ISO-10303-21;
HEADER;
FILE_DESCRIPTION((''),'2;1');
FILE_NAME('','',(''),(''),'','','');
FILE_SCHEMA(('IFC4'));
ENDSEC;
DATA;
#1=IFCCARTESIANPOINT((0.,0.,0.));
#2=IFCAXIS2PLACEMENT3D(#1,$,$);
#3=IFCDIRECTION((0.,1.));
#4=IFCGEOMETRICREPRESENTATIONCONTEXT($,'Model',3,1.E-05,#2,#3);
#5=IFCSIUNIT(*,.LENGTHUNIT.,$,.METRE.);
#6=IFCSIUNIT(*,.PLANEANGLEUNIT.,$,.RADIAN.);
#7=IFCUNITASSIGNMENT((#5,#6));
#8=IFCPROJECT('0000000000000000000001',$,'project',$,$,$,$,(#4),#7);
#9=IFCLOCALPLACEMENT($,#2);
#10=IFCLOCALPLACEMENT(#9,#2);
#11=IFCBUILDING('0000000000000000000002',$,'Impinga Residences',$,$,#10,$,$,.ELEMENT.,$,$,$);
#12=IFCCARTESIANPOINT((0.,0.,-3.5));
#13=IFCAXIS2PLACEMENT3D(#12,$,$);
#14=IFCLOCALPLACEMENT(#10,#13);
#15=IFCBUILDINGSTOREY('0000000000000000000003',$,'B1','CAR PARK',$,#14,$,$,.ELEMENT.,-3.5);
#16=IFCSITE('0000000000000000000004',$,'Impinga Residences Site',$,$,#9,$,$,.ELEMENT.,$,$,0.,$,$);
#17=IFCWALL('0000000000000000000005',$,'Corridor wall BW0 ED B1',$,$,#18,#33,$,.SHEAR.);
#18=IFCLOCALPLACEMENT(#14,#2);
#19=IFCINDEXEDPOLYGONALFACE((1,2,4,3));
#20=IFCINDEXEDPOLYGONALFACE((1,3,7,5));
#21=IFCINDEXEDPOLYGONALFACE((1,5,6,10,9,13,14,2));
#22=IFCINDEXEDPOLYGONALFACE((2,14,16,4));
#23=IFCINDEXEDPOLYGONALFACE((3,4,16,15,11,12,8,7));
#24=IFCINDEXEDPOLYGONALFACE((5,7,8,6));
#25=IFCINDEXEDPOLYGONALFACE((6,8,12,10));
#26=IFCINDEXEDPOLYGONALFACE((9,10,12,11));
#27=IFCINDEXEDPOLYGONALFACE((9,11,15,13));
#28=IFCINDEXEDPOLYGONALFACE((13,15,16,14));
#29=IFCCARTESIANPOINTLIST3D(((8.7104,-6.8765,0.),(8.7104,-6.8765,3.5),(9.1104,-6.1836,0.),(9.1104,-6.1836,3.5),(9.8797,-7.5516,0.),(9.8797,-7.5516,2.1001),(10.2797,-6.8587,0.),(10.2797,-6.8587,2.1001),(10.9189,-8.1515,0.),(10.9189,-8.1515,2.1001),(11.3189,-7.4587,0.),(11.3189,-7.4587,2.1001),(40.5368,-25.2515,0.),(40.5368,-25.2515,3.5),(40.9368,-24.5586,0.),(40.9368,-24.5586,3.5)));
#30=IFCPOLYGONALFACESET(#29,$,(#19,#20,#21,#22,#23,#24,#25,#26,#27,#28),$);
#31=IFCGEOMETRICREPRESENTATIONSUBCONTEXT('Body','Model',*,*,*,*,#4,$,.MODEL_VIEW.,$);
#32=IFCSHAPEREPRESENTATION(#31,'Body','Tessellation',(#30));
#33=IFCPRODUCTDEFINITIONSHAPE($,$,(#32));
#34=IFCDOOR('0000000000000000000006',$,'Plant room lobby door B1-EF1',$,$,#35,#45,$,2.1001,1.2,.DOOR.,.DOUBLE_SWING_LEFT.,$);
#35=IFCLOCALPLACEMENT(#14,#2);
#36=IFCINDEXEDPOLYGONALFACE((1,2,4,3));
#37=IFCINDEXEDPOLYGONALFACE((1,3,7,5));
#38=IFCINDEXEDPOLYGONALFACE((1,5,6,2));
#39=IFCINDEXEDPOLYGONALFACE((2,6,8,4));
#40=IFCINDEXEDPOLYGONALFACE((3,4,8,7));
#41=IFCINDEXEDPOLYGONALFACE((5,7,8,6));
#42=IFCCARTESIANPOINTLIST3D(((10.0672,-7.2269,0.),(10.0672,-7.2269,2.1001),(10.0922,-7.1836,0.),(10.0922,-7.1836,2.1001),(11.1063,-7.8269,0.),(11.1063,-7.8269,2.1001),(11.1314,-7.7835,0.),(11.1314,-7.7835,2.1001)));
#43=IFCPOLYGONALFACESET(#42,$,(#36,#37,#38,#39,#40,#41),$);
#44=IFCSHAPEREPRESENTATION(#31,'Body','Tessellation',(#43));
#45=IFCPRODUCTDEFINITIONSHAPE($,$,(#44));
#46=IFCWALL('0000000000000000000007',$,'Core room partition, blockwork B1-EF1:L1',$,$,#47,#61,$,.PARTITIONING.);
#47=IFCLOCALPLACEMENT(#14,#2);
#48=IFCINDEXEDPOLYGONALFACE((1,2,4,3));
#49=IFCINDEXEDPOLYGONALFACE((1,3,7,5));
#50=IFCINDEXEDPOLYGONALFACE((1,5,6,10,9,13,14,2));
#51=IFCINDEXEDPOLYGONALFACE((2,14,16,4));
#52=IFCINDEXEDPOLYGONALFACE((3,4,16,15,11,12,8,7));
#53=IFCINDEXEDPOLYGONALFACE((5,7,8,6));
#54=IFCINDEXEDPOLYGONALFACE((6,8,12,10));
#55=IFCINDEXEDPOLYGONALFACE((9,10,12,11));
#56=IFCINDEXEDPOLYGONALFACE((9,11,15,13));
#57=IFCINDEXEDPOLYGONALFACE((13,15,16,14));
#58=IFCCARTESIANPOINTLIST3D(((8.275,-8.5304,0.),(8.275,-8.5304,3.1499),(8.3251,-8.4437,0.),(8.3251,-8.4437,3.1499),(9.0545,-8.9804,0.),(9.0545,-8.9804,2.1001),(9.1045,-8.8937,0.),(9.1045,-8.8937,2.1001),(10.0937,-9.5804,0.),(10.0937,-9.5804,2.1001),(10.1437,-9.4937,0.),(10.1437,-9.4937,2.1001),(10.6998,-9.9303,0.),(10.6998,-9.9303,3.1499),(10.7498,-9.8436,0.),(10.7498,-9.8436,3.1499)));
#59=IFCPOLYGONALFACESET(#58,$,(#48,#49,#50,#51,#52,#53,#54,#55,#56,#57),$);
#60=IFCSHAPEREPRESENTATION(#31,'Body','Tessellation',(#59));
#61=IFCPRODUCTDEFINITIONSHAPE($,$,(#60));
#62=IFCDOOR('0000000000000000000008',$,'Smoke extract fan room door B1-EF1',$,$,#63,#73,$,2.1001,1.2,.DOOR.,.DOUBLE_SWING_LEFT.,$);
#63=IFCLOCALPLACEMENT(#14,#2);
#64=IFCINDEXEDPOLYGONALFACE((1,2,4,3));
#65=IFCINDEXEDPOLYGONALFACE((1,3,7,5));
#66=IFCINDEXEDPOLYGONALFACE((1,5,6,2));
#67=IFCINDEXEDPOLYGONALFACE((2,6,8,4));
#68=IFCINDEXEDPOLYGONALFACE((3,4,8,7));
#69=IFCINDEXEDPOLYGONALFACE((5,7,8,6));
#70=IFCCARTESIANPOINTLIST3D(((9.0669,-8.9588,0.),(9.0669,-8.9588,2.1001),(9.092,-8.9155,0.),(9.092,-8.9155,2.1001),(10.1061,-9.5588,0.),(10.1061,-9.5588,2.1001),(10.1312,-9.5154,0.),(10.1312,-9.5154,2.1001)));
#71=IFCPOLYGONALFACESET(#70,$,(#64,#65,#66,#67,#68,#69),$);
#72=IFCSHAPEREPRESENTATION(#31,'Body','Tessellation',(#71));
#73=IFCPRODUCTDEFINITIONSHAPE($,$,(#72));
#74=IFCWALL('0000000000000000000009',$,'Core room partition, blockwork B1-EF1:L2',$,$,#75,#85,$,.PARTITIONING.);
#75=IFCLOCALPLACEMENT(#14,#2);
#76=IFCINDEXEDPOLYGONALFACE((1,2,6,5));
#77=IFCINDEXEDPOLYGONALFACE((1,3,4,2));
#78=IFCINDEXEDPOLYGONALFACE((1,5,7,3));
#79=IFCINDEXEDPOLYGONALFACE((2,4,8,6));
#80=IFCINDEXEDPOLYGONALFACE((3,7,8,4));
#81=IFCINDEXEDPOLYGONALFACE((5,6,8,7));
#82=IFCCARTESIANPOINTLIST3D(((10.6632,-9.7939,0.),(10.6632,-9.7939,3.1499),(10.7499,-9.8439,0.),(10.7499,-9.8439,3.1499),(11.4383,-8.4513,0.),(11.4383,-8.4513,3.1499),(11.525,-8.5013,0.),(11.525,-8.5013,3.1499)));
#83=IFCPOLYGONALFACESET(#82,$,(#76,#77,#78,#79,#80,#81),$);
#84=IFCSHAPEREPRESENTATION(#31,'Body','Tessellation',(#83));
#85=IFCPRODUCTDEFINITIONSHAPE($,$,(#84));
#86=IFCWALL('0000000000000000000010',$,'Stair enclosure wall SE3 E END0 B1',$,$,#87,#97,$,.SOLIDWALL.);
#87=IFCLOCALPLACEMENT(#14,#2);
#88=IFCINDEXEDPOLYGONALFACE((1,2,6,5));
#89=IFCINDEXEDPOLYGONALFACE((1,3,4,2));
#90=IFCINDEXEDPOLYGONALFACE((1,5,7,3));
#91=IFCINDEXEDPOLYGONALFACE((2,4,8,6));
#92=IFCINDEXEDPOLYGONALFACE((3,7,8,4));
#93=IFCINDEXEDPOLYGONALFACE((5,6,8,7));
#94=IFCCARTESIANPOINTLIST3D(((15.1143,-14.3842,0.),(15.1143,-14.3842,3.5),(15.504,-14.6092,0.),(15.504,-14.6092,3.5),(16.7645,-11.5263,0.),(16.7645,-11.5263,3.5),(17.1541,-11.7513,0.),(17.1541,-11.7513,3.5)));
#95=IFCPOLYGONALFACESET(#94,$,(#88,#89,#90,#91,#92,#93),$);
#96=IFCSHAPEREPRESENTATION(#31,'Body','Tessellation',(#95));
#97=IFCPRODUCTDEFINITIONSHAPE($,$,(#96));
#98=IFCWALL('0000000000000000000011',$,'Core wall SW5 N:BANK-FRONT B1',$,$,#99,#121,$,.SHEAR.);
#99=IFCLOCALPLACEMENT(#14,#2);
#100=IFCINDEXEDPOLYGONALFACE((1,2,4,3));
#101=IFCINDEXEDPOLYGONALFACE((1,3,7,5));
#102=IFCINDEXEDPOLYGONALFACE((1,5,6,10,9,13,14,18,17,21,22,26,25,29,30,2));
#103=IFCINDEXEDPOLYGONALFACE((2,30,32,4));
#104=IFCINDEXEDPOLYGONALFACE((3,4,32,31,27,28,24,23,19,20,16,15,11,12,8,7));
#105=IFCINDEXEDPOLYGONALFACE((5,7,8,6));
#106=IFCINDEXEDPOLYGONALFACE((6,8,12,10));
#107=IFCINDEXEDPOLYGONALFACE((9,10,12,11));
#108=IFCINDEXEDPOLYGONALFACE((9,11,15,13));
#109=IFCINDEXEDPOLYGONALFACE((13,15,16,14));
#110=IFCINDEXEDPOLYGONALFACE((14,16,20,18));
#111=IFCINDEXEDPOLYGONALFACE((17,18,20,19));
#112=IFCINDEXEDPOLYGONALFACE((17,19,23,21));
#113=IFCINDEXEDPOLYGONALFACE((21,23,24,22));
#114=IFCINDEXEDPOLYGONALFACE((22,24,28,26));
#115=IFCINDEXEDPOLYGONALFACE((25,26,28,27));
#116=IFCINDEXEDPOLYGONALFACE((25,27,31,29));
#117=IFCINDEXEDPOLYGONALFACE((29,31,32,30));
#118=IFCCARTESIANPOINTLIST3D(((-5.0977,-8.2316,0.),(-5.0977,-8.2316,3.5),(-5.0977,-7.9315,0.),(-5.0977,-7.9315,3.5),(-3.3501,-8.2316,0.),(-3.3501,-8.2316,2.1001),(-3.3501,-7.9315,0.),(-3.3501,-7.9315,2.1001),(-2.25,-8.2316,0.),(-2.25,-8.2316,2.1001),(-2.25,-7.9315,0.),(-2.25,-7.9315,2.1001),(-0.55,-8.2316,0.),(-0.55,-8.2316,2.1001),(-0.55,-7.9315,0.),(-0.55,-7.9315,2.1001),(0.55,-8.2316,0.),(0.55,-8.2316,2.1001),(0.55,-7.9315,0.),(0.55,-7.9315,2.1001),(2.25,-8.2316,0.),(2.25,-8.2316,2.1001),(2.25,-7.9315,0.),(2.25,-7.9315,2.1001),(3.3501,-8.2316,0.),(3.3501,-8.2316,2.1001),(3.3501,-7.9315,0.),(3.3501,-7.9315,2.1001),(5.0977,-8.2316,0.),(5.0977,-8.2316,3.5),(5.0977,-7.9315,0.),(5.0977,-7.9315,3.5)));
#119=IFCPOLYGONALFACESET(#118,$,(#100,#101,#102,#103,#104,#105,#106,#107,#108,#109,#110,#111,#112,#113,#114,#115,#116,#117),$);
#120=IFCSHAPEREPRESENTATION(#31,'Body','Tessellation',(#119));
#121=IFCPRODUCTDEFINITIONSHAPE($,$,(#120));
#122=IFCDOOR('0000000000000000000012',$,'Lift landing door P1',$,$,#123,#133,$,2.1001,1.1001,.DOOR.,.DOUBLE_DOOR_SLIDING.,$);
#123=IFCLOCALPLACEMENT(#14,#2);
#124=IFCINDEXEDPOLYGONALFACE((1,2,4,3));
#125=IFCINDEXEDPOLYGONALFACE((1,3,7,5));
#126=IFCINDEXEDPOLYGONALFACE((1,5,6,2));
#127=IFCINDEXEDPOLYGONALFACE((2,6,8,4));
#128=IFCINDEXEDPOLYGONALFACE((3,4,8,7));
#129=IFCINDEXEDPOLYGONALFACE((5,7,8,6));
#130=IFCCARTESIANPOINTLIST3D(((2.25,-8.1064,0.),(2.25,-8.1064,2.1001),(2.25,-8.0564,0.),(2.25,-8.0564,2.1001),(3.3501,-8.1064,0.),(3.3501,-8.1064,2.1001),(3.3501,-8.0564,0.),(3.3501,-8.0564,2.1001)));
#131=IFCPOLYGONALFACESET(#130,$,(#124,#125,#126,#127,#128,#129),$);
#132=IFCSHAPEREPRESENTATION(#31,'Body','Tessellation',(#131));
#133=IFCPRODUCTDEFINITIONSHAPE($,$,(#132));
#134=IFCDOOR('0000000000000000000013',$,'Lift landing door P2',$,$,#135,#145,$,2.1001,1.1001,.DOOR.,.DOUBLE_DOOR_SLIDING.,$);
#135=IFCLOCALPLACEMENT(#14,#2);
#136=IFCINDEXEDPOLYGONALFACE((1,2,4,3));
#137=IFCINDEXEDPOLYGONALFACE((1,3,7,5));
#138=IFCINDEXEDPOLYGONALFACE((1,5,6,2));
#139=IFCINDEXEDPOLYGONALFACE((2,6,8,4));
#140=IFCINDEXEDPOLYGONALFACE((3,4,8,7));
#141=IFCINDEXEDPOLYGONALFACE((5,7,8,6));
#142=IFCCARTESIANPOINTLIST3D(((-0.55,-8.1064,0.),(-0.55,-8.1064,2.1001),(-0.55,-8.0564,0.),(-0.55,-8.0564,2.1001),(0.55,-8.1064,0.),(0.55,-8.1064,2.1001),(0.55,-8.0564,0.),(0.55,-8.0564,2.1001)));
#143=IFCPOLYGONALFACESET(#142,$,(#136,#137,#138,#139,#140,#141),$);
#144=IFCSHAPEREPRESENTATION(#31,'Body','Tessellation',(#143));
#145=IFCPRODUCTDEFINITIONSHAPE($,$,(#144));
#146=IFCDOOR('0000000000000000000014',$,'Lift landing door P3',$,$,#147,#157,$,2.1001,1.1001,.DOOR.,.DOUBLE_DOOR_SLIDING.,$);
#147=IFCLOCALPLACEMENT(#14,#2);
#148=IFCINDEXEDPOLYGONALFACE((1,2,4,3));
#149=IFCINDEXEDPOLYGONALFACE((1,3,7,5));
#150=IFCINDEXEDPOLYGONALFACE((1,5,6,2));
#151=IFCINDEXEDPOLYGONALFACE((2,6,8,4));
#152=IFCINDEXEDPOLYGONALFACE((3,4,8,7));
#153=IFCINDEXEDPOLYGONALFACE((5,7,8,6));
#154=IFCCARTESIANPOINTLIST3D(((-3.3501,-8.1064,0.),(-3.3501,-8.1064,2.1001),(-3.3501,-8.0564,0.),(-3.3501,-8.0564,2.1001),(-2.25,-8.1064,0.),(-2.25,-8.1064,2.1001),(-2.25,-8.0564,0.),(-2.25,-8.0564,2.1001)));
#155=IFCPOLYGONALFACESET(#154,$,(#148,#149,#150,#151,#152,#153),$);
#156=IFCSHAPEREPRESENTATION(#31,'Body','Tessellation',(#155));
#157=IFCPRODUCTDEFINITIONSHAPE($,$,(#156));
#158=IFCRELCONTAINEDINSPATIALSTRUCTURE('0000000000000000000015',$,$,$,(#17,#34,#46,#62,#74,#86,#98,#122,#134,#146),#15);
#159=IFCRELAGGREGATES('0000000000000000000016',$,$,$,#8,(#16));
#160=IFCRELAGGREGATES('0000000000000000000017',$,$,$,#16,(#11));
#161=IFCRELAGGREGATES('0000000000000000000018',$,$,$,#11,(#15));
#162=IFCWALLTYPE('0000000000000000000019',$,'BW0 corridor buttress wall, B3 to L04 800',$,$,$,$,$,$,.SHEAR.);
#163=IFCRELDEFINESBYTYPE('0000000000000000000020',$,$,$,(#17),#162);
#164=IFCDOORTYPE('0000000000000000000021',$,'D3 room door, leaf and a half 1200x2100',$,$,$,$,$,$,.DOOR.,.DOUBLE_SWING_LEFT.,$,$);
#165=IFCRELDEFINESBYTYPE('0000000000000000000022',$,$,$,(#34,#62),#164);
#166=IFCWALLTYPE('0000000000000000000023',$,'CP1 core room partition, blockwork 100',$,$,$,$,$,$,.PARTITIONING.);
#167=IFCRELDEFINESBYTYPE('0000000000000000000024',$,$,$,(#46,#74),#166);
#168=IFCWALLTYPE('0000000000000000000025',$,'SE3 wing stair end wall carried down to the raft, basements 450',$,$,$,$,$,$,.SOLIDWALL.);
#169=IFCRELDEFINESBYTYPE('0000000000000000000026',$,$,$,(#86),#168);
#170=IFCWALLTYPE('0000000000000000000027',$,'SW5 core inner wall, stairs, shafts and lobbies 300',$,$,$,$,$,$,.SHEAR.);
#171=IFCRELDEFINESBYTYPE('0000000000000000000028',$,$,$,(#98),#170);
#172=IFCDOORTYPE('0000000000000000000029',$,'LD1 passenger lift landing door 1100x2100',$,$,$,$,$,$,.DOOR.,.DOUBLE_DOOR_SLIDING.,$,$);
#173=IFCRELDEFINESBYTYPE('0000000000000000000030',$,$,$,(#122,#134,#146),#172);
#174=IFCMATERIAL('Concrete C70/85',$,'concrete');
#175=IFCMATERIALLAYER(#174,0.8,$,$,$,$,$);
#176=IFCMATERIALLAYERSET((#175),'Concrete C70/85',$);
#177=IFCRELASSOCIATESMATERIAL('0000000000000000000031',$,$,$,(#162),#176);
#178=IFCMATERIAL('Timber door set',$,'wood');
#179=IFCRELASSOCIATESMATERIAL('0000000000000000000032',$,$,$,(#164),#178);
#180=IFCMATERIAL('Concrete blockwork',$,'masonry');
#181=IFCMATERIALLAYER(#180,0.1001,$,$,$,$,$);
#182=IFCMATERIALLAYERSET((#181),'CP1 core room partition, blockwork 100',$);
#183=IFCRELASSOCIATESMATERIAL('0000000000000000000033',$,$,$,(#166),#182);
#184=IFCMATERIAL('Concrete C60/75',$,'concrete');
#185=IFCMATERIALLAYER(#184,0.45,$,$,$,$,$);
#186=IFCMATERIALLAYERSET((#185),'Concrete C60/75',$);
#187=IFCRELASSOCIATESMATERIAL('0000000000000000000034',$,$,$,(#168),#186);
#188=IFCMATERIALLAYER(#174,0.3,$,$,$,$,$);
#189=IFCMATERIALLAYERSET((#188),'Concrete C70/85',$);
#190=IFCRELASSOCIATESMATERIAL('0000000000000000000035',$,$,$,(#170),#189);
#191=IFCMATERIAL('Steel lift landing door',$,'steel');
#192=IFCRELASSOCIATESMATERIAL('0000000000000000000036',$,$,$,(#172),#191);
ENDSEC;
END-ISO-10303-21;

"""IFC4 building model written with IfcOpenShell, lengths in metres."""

from ifc_helpers import new_model, si_unit, direction, frame, frame_2d, origin, place, context, subcontext, project, spatial, rectangle, extrude, material, layer, layer_set, type_object, element, fill, save


model = new_model("IFC4")

# Units and contexts
model_context = context("Model", 3, precision=1e-05, world=origin(), true_north=direction((0.0, 1.0)))
body_context = subcontext(model_context, "Body", "Model", "MODEL_VIEW")
ifc_project = project(units=[si_unit("LENGTHUNIT", "METRE"), si_unit("PLANEANGLEUNIT", "RADIAN")], contexts=[model_context])

# Site, building, storey
site_placement = place(None, origin())
site = spatial("IfcSite", under=ifc_project, at=site_placement, Name="Impinga Residences Site", CompositionType="ELEMENT", RefElevation=0.0)
building_placement = place(site_placement, origin())
building = spatial("IfcBuilding", under=site, at=building_placement, Name="Impinga Residences", CompositionType="ELEMENT")
storey_placement = place(building_placement, frame((0.0, 0.0, -3.5)))
storey = spatial("IfcBuildingStorey", under=building, at=storey_placement, Name="B1", Description="CAR PARK", CompositionType="ELEMENT", Elevation=-3.5)

# Shared definitions
ifc_material_1 = material(Name="Concrete C70/85", Category="concrete")

# Shared definitions
ifc_material_2 = material(Name="Concrete C60/75", Category="concrete")

# Walls, openings, doors
ifc_layer_1 = layer(ifc_material_1, 0.8)
ifc_layer_set_1 = layer_set([ifc_layer_1], Name="Concrete C70/85")
wall_type_1 = type_object("IfcWallType", Name="BW0 corridor buttress wall, B3 to L04 800", PredefinedType="SHEAR", material=ifc_layer_set_1)
wall_1_placement = place(storey_placement, frame((8.9104, -6.53, 0.0), z_axis=(0.0, 0.0, 1.0), x_axis=(0.866025, -0.5, 0.0)))
wall_1 = element("IfcWall", 1, at=wall_1_placement, inside=storey, type_object=wall_type_1, Name="Corridor wall BW0 ED B1", PredefinedType="SHEAR", context=body_context, shape_type="SweptSolid", body=[
    extrude(rectangle(XDim=36.75, YDim=0.8, at=frame_2d((18.375, 0.0))), origin(), (0.0, 0.0, 1.0), 3.5),
])
opening_1_placement = place(wall_1_placement, frame((1.3501, 0.0, 0.0)))
opening_1 = element("IfcOpeningElement", 2, at=opening_1_placement, cuts=wall_1, PredefinedType="OPENING", context=body_context, shape_type="SweptSolid", body=[
    extrude(rectangle(XDim=1.2, YDim=2.1001, at=frame_2d((0.6001, 1.05))), frame((0.0, 0.4099, 0.0), z_axis=(0.0, -1.0, 0.0), x_axis=(1.0, 0.0, 0.0)), (0.0, 0.0, 1.0), 0.8201),
])
ifc_material_3 = material(Name="Timber door set", Category="wood")
door_type_1 = type_object("IfcDoorType", Name="D3 room door, leaf and a half 1200x2100", OperationType="DOUBLE_SWING_LEFT", PredefinedType="DOOR", material=ifc_material_3)
door_1_placement = place(opening_1_placement, origin())
door_1 = element("IfcDoor", 3, at=door_1_placement, inside=storey, type_object=door_type_1, Name="Plant room lobby door B1-EF1", OperationType="DOUBLE_SWING_LEFT", OverallHeight=2.1001, OverallWidth=1.2, PredefinedType="DOOR", context=body_context, shape_type="SweptSolid", body=[
    extrude(rectangle(XDim=1.2, YDim=2.1001, at=frame_2d((0.6001, 1.05))), frame((0.0, 0.0249, 0.0), z_axis=(0.0, -1.0, 0.0), x_axis=(1.0, 0.0, 0.0)), (0.0, 0.0, 1.0), 0.05),
])
fill(opening_1, door_1)
ifc_material_4 = material(Name="Concrete blockwork", Category="masonry")
ifc_layer_2 = layer(ifc_material_4, 0.1001)
ifc_layer_set_2 = layer_set([ifc_layer_2], Name="CP1 core room partition, blockwork 100")
wall_type_2 = type_object("IfcWallType", Name="CP1 core room partition, blockwork 100", PredefinedType="PARTITIONING", material=ifc_layer_set_2)
wall_2_placement = place(storey_placement, frame((8.3, -8.4871, 0.0), z_axis=(0.0, 0.0, 1.0), x_axis=(0.866035, -0.499984, 0.0)))
wall_2 = element("IfcWall", 4, at=wall_2_placement, inside=storey, type_object=wall_type_2, Name="Core room partition, blockwork B1-EF1:L1", PredefinedType="PARTITIONING", context=body_context, shape_type="SweptSolid", body=[
    extrude(rectangle(XDim=2.7998, YDim=0.1001, at=frame_2d((1.3999, 0.0))), origin(), (0.0, 0.0, 1.0), 3.1499),
])
opening_2_placement = place(wall_2_placement, frame((0.8999, 0.0, 0.0)))
opening_2 = element("IfcOpeningElement", 5, at=opening_2_placement, cuts=wall_2, PredefinedType="OPENING", context=body_context, shape_type="SweptSolid", body=[
    extrude(rectangle(XDim=1.2, YDim=2.1001, at=frame_2d((0.6001, 1.05))), frame((0.0, 0.0601, 0.0), z_axis=(0.0, -1.0, 0.0), x_axis=(1.0, 0.0, 0.0)), (0.0, 0.0, 1.0), 0.1201),
])
door_2_placement = place(opening_2_placement, origin())
door_2 = element("IfcDoor", 6, at=door_2_placement, inside=storey, type_object=door_type_1, Name="Smoke extract fan room door B1-EF1", OperationType="DOUBLE_SWING_LEFT", OverallHeight=2.1001, OverallWidth=1.2, PredefinedType="DOOR", context=body_context, shape_type="SweptSolid", body=[
    extrude(rectangle(XDim=1.2, YDim=2.1001, at=frame_2d((0.6001, 1.05))), frame((0.0, 0.0249, 0.0), z_axis=(0.0, -1.0, 0.0), x_axis=(1.0, 0.0, 0.0)), (0.0, 0.0, 1.0), 0.05),
])
fill(opening_2, door_2)

# Walls
wall_3_placement = place(storey_placement, frame((11.4817, -8.4763, 0.0), z_axis=(0.0, 0.0, 1.0), x_axis=(-0.500018, -0.866015, 0.0)))
element("IfcWall", 7, at=wall_3_placement, inside=storey, type_object=wall_type_2, Name="Core room partition, blockwork B1-EF1:L2", PredefinedType="PARTITIONING", context=body_context, shape_type="SweptSolid", body=[
    extrude(rectangle(XDim=1.5503, YDim=0.1001, at=frame_2d((0.7751, 0.0))), origin(), (0.0, 0.0, 1.0), 3.1499),
])
ifc_layer_3 = layer(ifc_material_2, 0.45)
ifc_layer_set_3 = layer_set([ifc_layer_3], Name="Concrete C60/75")
wall_type_3 = type_object("IfcWallType", Name="SE3 wing stair end wall carried down to the raft, basements 450", PredefinedType="SOLIDWALL", material=ifc_layer_set_3)
wall_4_placement = place(storey_placement, frame((16.9592, -11.6389, 0.0), z_axis=(0.0, 0.0, 1.0), x_axis=(-0.50003, -0.866008, 0.0)))
element("IfcWall", 8, at=wall_4_placement, inside=storey, type_object=wall_type_3, Name="Stair enclosure wall SE3 E END0 B1", PredefinedType="SOLIDWALL", context=body_context, shape_type="SweptSolid", body=[
    extrude(rectangle(XDim=3.3, YDim=0.45, at=frame_2d((1.6499, 0.0))), origin(), (0.0, 0.0, 1.0), 3.5),
])

# Wall, openings, doors
ifc_layer_4 = layer(ifc_material_1, 0.3)
ifc_layer_set_4 = layer_set([ifc_layer_4], Name="Concrete C70/85")
wall_type_4 = type_object("IfcWallType", Name="SW5 core inner wall, stairs, shafts and lobbies 300", PredefinedType="SHEAR", material=ifc_layer_set_4)
wall_5_placement = place(storey_placement, frame((5.0977, -8.0815, 0.0), z_axis=(0.0, 0.0, 1.0), x_axis=(-1.0, 0.0, 0.0)))
wall_5 = element("IfcWall", 9, at=wall_5_placement, inside=storey, type_object=wall_type_4, Name="Core wall SW5 N:BANK-FRONT B1", PredefinedType="SHEAR", context=body_context, shape_type="SweptSolid", body=[
    extrude(rectangle(XDim=10.1953, YDim=0.3, at=frame_2d((5.0977, 0.0))), origin(), (0.0, 0.0, 1.0), 3.5),
])
opening_3_placement = place(wall_5_placement, frame((1.7476, 0.0, 0.0)))
opening_3 = element("IfcOpeningElement", 10, at=opening_3_placement, cuts=wall_5, PredefinedType="OPENING", context=body_context, shape_type="SweptSolid", body=[
    extrude(rectangle(XDim=1.1001, YDim=2.1001, at=frame_2d((0.55, 1.05))), frame((0.0, 0.1599, 0.0), z_axis=(0.0, -1.0, 0.0), x_axis=(1.0, 0.0, 0.0)), (0.0, 0.0, 1.0), 0.3201),
])
opening_4_placement = place(wall_5_placement, frame((4.5476, 0.0, 0.0)))
opening_4 = element("IfcOpeningElement", 11, at=opening_4_placement, cuts=wall_5, PredefinedType="OPENING", context=body_context, shape_type="SweptSolid", body=[
    extrude(rectangle(XDim=1.1001, YDim=2.1001, at=frame_2d((0.55, 1.05))), frame((0.0, 0.1599, 0.0), z_axis=(0.0, -1.0, 0.0), x_axis=(1.0, 0.0, 0.0)), (0.0, 0.0, 1.0), 0.3201),
])
opening_5_placement = place(wall_5_placement, frame((7.3477, 0.0, 0.0)))
opening_5 = element("IfcOpeningElement", 12, at=opening_5_placement, cuts=wall_5, PredefinedType="OPENING", context=body_context, shape_type="SweptSolid", body=[
    extrude(rectangle(XDim=1.1001, YDim=2.1001, at=frame_2d((0.55, 1.05))), frame((0.0, 0.1599, 0.0), z_axis=(0.0, -1.0, 0.0), x_axis=(1.0, 0.0, 0.0)), (0.0, 0.0, 1.0), 0.3201),
])
ifc_material_5 = material(Name="Steel lift landing door", Category="steel")
door_type_2 = type_object("IfcDoorType", Name="LD1 passenger lift landing door 1100x2100", OperationType="DOUBLE_DOOR_SLIDING", PredefinedType="DOOR", material=ifc_material_5)
door_3_placement = place(opening_3_placement, origin())
door_3 = element("IfcDoor", 13, at=door_3_placement, inside=storey, type_object=door_type_2, Name="Lift landing door P1", OperationType="DOUBLE_DOOR_SLIDING", OverallHeight=2.1001, OverallWidth=1.1001, PredefinedType="DOOR", context=body_context, shape_type="SweptSolid", body=[
    extrude(rectangle(XDim=1.1001, YDim=2.1001, at=frame_2d((0.55, 1.05))), frame((0.0, 0.0249, 0.0), z_axis=(0.0, -1.0, 0.0), x_axis=(1.0, 0.0, 0.0)), (0.0, 0.0, 1.0), 0.05),
])
fill(opening_3, door_3)
door_4_placement = place(opening_4_placement, origin())
door_4 = element("IfcDoor", 14, at=door_4_placement, inside=storey, type_object=door_type_2, Name="Lift landing door P2", OperationType="DOUBLE_DOOR_SLIDING", OverallHeight=2.1001, OverallWidth=1.1001, PredefinedType="DOOR", context=body_context, shape_type="SweptSolid", body=[
    extrude(rectangle(XDim=1.1001, YDim=2.1001, at=frame_2d((0.55, 1.05))), frame((0.0, 0.0249, 0.0), z_axis=(0.0, -1.0, 0.0), x_axis=(1.0, 0.0, 0.0)), (0.0, 0.0, 1.0), 0.05),
])
fill(opening_4, door_4)
door_5_placement = place(opening_5_placement, origin())
door_5 = element("IfcDoor", 15, at=door_5_placement, inside=storey, type_object=door_type_2, Name="Lift landing door P3", OperationType="DOUBLE_DOOR_SLIDING", OverallHeight=2.1001, OverallWidth=1.1001, PredefinedType="DOOR", context=body_context, shape_type="SweptSolid", body=[
    extrude(rectangle(XDim=1.1001, YDim=2.1001, at=frame_2d((0.55, 1.05))), frame((0.0, 0.0249, 0.0), z_axis=(0.0, -1.0, 0.0), x_axis=(1.0, 0.0, 0.0)), (0.0, 0.0, 1.0), 0.05),
])
fill(opening_5, door_5)

save(model, "model.ifc")
